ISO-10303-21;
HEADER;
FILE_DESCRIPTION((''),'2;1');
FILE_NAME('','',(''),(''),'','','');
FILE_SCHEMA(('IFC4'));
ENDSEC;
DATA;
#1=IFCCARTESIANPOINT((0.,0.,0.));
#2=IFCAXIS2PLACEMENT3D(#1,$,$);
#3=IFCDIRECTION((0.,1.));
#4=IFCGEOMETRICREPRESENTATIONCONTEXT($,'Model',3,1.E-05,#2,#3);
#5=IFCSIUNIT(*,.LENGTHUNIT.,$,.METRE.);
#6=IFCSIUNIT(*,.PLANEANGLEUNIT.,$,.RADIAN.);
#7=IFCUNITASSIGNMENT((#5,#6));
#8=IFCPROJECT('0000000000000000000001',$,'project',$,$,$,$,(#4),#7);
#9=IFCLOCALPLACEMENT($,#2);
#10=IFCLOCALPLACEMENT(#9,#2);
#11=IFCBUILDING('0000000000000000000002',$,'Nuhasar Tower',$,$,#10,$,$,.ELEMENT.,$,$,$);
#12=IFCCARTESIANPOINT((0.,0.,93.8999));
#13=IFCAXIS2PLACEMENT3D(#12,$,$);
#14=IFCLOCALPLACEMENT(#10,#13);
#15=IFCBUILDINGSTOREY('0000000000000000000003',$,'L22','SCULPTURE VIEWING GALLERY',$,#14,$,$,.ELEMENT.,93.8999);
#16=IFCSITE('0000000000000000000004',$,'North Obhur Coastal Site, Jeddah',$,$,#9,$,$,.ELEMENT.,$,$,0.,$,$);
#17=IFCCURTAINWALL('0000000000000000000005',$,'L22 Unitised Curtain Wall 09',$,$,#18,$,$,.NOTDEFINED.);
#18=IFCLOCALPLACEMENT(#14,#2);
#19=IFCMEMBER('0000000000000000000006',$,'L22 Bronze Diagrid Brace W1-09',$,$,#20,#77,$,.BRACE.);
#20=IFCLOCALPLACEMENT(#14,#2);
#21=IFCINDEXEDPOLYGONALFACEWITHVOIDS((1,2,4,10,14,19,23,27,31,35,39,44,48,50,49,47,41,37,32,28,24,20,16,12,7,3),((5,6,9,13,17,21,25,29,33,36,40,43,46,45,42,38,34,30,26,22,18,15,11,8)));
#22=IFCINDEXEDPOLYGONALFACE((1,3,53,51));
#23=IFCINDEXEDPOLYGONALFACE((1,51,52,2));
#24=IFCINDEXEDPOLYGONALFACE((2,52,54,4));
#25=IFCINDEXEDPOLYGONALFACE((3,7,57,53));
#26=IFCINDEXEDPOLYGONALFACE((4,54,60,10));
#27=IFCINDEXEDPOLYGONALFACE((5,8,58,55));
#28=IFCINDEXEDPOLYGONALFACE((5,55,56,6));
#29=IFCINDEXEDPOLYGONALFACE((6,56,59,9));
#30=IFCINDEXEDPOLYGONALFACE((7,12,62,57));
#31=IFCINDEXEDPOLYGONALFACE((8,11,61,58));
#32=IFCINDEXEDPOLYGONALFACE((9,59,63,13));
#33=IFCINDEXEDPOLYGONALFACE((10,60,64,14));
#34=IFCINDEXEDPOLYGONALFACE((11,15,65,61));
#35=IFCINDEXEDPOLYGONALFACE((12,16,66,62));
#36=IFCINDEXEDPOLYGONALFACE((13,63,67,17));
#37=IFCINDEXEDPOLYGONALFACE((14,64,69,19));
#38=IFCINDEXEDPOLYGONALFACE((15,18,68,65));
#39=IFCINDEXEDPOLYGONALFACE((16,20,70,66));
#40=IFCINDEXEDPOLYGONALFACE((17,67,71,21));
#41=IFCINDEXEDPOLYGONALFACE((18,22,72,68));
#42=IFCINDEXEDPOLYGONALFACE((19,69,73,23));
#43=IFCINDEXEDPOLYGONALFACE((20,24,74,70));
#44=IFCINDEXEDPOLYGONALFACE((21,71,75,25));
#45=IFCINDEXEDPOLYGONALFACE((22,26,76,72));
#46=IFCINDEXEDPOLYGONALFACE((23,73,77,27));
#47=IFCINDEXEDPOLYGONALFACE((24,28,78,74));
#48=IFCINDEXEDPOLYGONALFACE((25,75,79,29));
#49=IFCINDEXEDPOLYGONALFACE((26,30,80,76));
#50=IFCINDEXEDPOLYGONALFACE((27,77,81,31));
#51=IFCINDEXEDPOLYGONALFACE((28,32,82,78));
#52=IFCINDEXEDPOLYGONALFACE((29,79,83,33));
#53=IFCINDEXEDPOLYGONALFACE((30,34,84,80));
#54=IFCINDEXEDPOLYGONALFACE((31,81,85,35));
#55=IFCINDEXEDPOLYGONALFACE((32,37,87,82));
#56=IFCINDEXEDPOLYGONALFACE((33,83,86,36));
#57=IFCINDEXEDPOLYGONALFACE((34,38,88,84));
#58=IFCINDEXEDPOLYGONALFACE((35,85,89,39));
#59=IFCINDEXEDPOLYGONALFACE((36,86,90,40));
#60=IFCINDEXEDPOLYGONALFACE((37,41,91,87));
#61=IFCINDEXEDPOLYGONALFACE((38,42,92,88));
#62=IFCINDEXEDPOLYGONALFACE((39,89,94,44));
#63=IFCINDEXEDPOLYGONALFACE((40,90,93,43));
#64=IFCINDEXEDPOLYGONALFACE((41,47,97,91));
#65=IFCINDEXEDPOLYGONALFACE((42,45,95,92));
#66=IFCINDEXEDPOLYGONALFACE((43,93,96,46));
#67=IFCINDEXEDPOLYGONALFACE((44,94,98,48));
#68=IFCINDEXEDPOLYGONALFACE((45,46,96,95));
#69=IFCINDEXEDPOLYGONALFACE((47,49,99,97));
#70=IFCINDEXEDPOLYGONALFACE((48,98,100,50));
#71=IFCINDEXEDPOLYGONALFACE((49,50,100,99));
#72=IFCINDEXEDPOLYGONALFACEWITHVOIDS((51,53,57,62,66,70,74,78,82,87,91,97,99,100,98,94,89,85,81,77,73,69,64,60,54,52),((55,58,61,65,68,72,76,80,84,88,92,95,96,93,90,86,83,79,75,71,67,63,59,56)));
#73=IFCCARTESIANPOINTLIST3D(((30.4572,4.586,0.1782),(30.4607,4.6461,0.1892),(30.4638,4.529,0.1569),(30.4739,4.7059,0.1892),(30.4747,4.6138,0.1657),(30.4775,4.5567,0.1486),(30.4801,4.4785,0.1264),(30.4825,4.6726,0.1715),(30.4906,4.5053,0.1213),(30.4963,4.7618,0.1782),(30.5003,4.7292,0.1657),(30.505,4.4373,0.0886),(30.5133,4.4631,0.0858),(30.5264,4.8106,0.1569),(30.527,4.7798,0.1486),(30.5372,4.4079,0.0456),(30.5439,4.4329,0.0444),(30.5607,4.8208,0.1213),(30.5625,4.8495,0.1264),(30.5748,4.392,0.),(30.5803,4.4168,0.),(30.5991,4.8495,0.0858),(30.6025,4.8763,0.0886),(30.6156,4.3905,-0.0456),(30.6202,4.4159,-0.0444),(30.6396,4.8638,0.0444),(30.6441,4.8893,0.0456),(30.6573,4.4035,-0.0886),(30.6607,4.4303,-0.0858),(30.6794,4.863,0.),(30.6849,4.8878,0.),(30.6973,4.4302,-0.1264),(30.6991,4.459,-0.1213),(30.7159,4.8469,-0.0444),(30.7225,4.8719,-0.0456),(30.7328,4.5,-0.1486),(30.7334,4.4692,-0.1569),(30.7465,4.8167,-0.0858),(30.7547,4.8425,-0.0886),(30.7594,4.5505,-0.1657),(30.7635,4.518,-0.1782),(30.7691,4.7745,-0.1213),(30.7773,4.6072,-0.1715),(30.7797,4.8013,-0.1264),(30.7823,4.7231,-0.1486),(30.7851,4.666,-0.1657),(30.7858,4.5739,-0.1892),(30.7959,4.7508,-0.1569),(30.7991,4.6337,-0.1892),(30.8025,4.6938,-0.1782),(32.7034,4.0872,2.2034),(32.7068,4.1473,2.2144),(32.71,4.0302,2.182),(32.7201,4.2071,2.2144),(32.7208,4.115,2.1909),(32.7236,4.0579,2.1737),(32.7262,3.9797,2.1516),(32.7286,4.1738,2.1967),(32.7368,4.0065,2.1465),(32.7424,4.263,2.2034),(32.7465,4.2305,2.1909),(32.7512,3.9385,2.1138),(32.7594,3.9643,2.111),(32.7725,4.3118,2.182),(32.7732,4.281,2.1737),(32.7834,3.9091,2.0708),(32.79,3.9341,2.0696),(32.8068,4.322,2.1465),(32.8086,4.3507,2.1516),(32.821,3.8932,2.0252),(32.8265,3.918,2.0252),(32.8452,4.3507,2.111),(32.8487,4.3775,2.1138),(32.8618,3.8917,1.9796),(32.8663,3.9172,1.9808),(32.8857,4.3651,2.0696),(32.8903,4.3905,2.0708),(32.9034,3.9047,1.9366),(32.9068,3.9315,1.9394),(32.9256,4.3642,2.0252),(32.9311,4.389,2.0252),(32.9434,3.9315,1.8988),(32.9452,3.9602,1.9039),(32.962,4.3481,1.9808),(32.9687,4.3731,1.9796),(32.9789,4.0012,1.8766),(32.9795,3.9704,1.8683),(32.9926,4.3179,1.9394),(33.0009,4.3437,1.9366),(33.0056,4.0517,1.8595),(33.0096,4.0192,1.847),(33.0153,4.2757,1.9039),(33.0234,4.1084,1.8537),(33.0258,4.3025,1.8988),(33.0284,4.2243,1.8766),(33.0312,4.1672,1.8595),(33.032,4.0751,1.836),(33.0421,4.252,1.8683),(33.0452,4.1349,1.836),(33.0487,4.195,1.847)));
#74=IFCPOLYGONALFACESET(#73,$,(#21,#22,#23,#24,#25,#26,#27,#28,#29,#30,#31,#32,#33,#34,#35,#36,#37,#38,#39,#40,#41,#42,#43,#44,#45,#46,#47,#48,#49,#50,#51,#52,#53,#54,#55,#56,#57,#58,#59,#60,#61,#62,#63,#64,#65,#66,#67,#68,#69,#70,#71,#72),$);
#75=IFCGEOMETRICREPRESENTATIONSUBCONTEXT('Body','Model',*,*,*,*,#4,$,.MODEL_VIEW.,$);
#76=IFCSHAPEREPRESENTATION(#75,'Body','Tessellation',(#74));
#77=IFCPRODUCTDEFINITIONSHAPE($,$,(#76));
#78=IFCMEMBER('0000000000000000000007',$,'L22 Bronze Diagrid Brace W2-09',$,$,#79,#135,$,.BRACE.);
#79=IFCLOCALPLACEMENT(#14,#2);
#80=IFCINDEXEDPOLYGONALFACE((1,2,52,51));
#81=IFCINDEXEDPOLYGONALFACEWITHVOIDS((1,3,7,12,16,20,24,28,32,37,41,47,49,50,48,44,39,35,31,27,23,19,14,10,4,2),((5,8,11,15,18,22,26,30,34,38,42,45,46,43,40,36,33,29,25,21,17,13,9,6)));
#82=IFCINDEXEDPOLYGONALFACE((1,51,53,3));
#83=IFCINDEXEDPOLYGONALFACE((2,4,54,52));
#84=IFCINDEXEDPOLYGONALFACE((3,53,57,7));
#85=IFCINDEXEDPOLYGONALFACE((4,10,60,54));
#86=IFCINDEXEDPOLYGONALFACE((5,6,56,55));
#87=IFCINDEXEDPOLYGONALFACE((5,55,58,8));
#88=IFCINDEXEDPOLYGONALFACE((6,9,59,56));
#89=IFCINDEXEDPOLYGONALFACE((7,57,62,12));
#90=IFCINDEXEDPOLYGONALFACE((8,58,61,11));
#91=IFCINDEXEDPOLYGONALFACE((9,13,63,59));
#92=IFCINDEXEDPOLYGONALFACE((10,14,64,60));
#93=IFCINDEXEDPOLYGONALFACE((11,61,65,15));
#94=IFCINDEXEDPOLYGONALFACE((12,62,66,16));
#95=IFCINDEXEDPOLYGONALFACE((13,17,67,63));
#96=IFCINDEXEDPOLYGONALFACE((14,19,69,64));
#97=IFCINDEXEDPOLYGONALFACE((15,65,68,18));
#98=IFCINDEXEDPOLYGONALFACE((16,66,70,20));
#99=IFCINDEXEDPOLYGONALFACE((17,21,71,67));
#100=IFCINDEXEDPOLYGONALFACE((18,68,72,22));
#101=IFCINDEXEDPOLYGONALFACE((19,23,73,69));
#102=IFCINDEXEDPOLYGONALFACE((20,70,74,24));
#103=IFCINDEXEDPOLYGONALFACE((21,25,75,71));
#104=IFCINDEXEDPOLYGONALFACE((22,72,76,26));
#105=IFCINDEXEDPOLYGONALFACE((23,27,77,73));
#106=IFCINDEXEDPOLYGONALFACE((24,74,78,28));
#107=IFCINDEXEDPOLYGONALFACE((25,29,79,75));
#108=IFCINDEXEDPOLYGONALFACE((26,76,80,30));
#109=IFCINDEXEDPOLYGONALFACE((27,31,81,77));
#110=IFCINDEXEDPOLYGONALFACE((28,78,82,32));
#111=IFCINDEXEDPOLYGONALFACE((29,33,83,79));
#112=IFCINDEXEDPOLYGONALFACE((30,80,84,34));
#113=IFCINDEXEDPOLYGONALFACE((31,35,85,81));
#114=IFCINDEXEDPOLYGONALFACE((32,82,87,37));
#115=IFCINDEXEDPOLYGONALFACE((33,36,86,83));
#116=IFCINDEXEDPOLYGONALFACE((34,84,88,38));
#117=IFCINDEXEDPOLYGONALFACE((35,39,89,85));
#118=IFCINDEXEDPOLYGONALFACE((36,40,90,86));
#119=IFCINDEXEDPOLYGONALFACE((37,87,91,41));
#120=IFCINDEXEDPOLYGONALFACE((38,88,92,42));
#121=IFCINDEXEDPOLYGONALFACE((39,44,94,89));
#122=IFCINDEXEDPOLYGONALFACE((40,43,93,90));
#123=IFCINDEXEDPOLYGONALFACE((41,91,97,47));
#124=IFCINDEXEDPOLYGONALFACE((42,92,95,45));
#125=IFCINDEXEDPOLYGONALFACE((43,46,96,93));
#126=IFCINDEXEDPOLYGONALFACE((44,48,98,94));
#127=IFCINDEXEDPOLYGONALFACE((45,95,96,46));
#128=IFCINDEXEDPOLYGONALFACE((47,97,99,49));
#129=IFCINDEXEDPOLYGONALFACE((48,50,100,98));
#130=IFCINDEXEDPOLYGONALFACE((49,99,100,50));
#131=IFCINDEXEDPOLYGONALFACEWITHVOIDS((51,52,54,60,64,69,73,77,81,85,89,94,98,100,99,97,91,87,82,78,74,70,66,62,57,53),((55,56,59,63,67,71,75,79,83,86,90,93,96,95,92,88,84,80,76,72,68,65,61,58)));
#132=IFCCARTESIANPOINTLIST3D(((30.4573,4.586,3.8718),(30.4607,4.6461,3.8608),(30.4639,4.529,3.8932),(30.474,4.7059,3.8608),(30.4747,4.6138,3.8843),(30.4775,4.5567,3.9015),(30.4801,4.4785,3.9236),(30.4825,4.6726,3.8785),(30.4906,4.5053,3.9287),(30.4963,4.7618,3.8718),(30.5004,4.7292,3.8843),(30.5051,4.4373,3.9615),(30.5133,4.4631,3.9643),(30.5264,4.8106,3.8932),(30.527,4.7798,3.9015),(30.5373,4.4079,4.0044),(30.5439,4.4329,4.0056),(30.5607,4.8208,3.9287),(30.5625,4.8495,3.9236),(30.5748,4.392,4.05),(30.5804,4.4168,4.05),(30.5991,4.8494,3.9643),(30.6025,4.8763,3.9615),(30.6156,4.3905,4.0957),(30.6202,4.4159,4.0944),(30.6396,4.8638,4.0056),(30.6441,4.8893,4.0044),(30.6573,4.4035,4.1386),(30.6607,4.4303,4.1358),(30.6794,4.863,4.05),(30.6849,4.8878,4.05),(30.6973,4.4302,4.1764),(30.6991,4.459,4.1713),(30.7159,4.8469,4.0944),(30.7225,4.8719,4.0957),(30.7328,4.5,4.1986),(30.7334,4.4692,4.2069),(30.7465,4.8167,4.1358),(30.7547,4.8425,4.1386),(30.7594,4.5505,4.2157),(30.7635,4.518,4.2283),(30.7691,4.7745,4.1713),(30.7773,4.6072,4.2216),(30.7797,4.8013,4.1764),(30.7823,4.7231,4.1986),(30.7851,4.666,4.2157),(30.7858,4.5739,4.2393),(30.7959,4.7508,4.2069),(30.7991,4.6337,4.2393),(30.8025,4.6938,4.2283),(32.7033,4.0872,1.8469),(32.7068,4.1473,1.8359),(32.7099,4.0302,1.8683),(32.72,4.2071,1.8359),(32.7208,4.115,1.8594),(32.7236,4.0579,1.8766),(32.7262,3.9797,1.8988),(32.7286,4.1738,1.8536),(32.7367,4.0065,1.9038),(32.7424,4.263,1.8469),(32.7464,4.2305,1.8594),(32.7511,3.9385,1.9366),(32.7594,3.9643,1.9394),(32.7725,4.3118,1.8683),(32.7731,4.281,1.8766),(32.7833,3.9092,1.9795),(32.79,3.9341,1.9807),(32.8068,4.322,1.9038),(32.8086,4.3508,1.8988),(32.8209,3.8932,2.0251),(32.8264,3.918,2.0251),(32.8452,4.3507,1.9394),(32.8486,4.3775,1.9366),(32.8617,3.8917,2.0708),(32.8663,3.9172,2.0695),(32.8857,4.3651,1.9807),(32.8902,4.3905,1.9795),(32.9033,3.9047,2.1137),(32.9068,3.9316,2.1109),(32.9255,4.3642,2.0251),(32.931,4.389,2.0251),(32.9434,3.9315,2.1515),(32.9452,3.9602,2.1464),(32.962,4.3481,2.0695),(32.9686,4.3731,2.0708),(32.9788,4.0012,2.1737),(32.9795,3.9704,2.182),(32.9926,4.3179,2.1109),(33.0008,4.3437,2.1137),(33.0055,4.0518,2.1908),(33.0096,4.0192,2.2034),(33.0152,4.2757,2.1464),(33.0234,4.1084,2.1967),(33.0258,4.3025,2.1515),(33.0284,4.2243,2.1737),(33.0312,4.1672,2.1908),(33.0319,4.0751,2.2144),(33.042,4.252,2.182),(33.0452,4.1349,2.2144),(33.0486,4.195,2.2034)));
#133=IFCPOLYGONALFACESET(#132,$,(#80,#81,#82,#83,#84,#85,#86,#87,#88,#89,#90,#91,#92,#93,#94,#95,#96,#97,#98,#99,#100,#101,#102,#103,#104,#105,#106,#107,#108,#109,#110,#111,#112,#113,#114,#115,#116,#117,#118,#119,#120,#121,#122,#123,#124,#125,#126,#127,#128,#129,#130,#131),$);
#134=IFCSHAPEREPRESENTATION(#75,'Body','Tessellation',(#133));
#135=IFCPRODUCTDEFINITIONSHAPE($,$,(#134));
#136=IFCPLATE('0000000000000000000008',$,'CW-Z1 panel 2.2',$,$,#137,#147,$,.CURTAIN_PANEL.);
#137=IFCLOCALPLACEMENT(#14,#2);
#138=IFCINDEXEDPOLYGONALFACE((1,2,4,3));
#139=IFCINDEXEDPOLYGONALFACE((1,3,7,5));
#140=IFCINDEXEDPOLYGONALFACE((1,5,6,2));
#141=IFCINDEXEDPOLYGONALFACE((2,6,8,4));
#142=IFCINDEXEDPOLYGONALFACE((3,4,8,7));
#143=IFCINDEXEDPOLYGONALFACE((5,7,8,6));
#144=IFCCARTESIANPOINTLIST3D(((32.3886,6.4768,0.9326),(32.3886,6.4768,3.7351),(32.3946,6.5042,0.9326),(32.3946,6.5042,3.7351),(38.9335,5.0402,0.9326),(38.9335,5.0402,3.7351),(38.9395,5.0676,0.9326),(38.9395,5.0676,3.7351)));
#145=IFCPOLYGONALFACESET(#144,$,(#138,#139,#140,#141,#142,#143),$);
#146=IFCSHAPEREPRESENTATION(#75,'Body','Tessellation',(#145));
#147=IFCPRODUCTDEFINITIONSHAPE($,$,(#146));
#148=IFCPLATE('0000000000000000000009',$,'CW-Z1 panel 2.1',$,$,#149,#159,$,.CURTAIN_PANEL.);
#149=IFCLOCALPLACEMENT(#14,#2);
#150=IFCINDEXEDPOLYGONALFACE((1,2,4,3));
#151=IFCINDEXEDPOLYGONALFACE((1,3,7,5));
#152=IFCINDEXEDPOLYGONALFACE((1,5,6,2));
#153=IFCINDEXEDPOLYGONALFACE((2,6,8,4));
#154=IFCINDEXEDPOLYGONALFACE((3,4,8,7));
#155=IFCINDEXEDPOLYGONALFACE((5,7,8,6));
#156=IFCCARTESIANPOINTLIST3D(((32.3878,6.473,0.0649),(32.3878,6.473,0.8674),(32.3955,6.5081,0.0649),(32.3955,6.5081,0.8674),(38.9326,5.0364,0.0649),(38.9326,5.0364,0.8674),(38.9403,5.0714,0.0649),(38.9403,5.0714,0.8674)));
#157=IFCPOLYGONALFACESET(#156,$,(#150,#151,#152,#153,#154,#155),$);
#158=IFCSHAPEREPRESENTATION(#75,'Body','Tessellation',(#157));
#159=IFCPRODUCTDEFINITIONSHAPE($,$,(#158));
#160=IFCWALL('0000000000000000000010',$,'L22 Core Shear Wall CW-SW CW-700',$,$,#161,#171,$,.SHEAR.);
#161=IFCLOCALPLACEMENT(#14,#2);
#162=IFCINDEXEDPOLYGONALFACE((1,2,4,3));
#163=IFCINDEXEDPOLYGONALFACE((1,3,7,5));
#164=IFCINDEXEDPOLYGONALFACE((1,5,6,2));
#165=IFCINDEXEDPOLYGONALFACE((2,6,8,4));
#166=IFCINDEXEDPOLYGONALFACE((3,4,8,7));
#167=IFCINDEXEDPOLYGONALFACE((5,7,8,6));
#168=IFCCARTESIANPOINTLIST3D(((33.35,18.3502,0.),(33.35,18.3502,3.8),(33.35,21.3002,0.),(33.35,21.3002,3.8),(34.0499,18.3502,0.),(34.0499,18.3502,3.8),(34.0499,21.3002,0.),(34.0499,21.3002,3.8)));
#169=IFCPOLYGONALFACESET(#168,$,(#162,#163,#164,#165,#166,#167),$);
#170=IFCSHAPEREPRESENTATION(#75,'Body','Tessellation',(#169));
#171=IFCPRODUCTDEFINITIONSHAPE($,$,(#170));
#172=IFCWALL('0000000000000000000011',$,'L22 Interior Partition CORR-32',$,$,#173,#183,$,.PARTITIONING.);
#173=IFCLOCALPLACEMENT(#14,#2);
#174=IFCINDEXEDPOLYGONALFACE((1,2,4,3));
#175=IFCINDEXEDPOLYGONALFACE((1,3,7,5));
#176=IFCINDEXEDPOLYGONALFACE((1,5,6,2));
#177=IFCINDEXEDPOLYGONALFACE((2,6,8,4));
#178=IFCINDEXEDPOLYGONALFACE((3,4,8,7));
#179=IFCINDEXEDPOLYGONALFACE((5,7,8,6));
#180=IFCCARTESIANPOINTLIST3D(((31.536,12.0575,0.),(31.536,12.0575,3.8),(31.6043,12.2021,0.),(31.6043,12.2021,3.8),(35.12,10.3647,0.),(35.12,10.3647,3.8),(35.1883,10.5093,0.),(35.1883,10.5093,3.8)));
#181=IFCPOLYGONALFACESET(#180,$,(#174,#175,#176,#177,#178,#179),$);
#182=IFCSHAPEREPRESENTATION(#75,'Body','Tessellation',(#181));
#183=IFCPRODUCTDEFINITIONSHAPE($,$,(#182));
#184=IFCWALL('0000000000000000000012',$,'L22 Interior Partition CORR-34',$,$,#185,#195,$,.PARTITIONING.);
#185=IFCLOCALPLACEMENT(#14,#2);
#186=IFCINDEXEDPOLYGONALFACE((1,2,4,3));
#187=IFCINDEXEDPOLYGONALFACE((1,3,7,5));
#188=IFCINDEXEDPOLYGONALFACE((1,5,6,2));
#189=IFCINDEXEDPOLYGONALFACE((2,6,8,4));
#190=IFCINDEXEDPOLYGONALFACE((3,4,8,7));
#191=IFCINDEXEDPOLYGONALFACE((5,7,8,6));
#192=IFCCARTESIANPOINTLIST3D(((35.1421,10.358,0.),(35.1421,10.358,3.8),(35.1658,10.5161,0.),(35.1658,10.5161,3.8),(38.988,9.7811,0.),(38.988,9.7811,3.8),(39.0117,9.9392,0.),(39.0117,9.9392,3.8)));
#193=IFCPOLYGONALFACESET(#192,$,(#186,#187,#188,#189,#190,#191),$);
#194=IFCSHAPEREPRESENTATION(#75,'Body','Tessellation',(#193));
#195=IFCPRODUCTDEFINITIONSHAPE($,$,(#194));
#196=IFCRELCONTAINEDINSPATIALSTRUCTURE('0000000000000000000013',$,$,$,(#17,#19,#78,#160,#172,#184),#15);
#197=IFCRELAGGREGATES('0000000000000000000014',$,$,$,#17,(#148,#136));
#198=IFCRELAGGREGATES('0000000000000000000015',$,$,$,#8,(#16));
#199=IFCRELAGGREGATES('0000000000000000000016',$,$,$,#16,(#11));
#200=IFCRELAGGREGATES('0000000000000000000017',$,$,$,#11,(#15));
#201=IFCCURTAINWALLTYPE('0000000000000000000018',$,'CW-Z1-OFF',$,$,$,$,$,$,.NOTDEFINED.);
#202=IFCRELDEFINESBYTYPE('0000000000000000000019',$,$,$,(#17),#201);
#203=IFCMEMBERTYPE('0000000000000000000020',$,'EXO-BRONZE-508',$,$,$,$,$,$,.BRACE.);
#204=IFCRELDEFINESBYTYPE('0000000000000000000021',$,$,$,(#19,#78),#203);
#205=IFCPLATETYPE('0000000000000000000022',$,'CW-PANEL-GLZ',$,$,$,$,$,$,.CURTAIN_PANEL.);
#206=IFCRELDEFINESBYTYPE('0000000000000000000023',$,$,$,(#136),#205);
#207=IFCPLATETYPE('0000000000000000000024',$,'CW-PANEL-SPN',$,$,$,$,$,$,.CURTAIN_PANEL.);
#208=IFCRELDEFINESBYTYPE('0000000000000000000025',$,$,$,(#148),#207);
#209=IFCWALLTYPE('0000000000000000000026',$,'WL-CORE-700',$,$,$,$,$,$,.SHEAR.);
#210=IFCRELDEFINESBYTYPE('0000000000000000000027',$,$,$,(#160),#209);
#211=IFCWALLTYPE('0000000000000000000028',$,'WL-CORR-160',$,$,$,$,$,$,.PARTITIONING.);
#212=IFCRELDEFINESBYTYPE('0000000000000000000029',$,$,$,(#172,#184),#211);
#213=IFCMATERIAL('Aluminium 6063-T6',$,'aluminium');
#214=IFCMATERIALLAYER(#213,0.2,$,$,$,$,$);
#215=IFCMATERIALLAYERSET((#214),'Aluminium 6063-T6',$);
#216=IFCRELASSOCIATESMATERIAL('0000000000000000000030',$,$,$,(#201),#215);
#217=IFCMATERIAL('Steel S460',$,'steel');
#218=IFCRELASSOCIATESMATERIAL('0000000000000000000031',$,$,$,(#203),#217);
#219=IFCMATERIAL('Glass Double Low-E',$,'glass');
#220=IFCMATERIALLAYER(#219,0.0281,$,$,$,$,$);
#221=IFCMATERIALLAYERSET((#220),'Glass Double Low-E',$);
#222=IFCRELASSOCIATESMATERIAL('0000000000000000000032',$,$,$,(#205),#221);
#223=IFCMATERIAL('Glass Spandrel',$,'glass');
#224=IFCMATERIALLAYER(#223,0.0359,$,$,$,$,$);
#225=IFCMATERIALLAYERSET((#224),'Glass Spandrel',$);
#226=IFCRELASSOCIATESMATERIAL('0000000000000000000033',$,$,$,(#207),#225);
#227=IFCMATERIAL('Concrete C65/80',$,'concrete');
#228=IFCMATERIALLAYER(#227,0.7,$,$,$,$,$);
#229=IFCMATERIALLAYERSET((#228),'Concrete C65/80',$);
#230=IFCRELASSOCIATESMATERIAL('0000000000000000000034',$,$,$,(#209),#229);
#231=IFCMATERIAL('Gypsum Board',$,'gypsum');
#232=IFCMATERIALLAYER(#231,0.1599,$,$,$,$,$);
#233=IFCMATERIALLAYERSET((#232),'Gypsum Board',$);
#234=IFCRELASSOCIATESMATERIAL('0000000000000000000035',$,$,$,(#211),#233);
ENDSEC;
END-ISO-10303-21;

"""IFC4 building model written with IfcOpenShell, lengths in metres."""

from ifc_helpers import new_model, si_unit, direction, frame, frame_2d, origin, origin_2d, place, context, subcontext, project, spatial, rectangle, hollow_circle, extrude, material, layer, layer_set, material_profile, profile_set, type_object, element, aggregate, save


model = new_model("IFC4")

# Units and contexts
model_context = context("Model", 3, precision=1e-05, world=origin(), true_north=direction((0.0, 1.0)))
body_context = subcontext(model_context, "Body", "Model", "MODEL_VIEW")
ifc_project = project(units=[si_unit("LENGTHUNIT", "METRE"), si_unit("PLANEANGLEUNIT", "RADIAN")], contexts=[model_context])

# Site, building, storey
site_placement = place(None, origin())
site = spatial("IfcSite", under=ifc_project, at=site_placement, Name="North Obhur Coastal Site, Jeddah", CompositionType="ELEMENT", RefElevation=0.0)
building_placement = place(site_placement, origin())
building = spatial("IfcBuilding", under=site, at=building_placement, Name="Nuhasar Tower", CompositionType="ELEMENT")
storey_placement = place(building_placement, frame((0.0, 0.0, 93.8999)))
storey = spatial("IfcBuildingStorey", under=building, at=storey_placement, Name="L22", Description="SCULPTURE VIEWING GALLERY", CompositionType="ELEMENT", Elevation=93.8999)

# Curtain wall
ifc_material_1 = material(Name="Aluminium 6063-T6", Category="aluminium")
ifc_layer_1 = layer(ifc_material_1, 0.2)
ifc_layer_set_1 = layer_set([ifc_layer_1], Name="Aluminium 6063-T6")
curtain_wall_type = type_object("IfcCurtainWallType", Name="CW-Z1-OFF", PredefinedType="NOTDEFINED", material=ifc_layer_set_1)
curtain_wall_placement = place(storey_placement, origin())
curtain_wall = element("IfcCurtainWall", 1, at=curtain_wall_placement, inside=storey, type_object=curtain_wall_type, Name="L22 Unitised Curtain Wall 09", PredefinedType="NOTDEFINED")

# Members
ifc_material_2 = material(Name="Steel S460", Category="steel")
ifc_material_profile_1 = material_profile(ifc_material_2, hollow_circle(Radius=0.2539, WallThickness=0.0254, at=origin_2d()), Name="HSS508X25.4")
ifc_profile_set_1 = profile_set([ifc_material_profile_1], Name="Steel S460")
member_type_1 = type_object("IfcMemberType", Name="EXO-BRONZE-508", PredefinedType="BRACE", material=ifc_profile_set_1)
member_1_placement = place(storey_placement, frame((30.6299, 4.6399, 0.0), z_axis=(0.732792, -0.162728, 0.660708), x_axis=(0.216784, 0.97622, 0.0)))
element("IfcMember", 2, at=member_1_placement, inside=storey, type_object=member_type_1, Name="L22 Bronze Diagrid Brace W1-09", PredefinedType="BRACE", context=body_context, shape_type="SweptSolid", body=[
    extrude(hollow_circle(Radius=0.2539, WallThickness=0.0254, at=origin_2d()), origin(), (0.0, 0.0, 1.0), 3.0652),
])
member_2_placement = place(storey_placement, frame((32.876, 4.1411, 2.0251), z_axis=(-0.732831, 0.162736, 0.660663), x_axis=(-0.216784, -0.97622, 0.0)))
element("IfcMember", 3, at=member_2_placement, inside=storey, type_object=member_type_1, Name="L22 Bronze Diagrid Brace W2-09", PredefinedType="BRACE", context=body_context, shape_type="SweptSolid", body=[
    extrude(hollow_circle(Radius=0.2539, WallThickness=0.0254, at=origin_2d()), origin(), (0.0, 0.0, 1.0), 3.0649),
])

# Plates
ifc_material_3 = material(Name="Glass Double Low-E", Category="glass")
ifc_layer_2 = layer(ifc_material_3, 0.0281)
ifc_layer_set_2 = layer_set([ifc_layer_2], Name="Glass Double Low-E")
plate_type_1 = type_object("IfcPlateType", Name="CW-PANEL-GLZ", PredefinedType="CURTAIN_PANEL", material=ifc_layer_set_2)
plate_1_placement = place(storey_placement, frame((35.6641, 5.7722, 0.9326), z_axis=(0.0, 0.0, 1.0), x_axis=(0.976746, -0.214399, 0.0)))
plate_1 = element("IfcPlate", 4, at=plate_1_placement, type_object=plate_type_1, Name="CW-Z1 panel 2.2", PredefinedType="CURTAIN_PANEL", context=body_context, shape_type="SweptSolid", body=[
    extrude(rectangle(XDim=6.7007, YDim=0.0281, at=origin_2d()), origin(), (0.0, 0.0, 1.0), 2.8025),
])
ifc_material_4 = material(Name="Glass Spandrel", Category="glass")
ifc_layer_3 = layer(ifc_material_4, 0.0359)
ifc_layer_set_3 = layer_set([ifc_layer_3], Name="Glass Spandrel")
plate_type_2 = type_object("IfcPlateType", Name="CW-PANEL-SPN", PredefinedType="CURTAIN_PANEL", material=ifc_layer_set_3)
plate_2_placement = place(storey_placement, frame((35.6641, 5.7722, 0.0649), z_axis=(0.0, 0.0, 1.0), x_axis=(0.976746, -0.214399, 0.0)))
plate_2 = element("IfcPlate", 5, at=plate_2_placement, type_object=plate_type_2, Name="CW-Z1 panel 2.1", PredefinedType="CURTAIN_PANEL", context=body_context, shape_type="SweptSolid", body=[
    extrude(rectangle(XDim=6.7007, YDim=0.0359, at=origin_2d()), origin(), (0.0, 0.0, 1.0), 0.8025),
])
aggregate(curtain_wall, [plate_2, plate_1])

# Walls
ifc_material_5 = material(Name="Concrete C65/80", Category="concrete")
ifc_layer_4 = layer(ifc_material_5, 0.7)
ifc_layer_set_4 = layer_set([ifc_layer_4], Name="Concrete C65/80")
wall_type_1 = type_object("IfcWallType", Name="WL-CORE-700", PredefinedType="SHEAR", material=ifc_layer_set_4)
wall_1_placement = place(storey_placement, frame((33.7, 18.3501, 0.0), z_axis=(0.0, 0.0, 1.0), x_axis=(0.0, 1.0, 0.0)))
element("IfcWall", 6, at=wall_1_placement, inside=storey, type_object=wall_type_1, Name="L22 Core Shear Wall CW-SW CW-700", PredefinedType="SHEAR", context=body_context, shape_type="SweptSolid", body=[
    extrude(rectangle(XDim=2.95, YDim=0.7, at=frame_2d((1.4751, 0.0))), origin(), (0.0, 0.0, 1.0), 3.8),
])
ifc_material_6 = material(Name="Gypsum Board", Category="gypsum")
ifc_layer_5 = layer(ifc_material_6, 0.1599)
ifc_layer_set_5 = layer_set([ifc_layer_5], Name="Gypsum Board")
wall_type_2 = type_object("IfcWallType", Name="WL-CORR-160", PredefinedType="PARTITIONING", material=ifc_layer_set_5)
wall_2_placement = place(storey_placement, frame((31.5701, 12.1299, 0.0), z_axis=(0.0, 0.0, 1.0), x_axis=(0.904206, -0.427096, 0.0)))
element("IfcWall", 7, at=wall_2_placement, inside=storey, type_object=wall_type_2, Name="L22 Interior Partition CORR-32", PredefinedType="PARTITIONING", context=body_context, shape_type="SweptSolid", body=[
    extrude(rectangle(XDim=3.9636, YDim=0.1599, at=frame_2d((1.9819, 0.0))), origin(), (0.0, 0.0, 1.0), 3.8),
])
wall_3_placement = place(storey_placement, frame((35.1541, 10.437, 0.0), z_axis=(0.0, 0.0, 1.0), x_axis=(0.988936, -0.148344, 0.0)))
element("IfcWall", 8, at=wall_3_placement, inside=storey, type_object=wall_type_2, Name="L22 Interior Partition CORR-34", PredefinedType="PARTITIONING", context=body_context, shape_type="SweptSolid", body=[
    extrude(rectangle(XDim=3.8889, YDim=0.1599, at=frame_2d((1.9443, 0.0))), origin(), (0.0, 0.0, 1.0), 3.8),
])

save(model, "model.ifc")
